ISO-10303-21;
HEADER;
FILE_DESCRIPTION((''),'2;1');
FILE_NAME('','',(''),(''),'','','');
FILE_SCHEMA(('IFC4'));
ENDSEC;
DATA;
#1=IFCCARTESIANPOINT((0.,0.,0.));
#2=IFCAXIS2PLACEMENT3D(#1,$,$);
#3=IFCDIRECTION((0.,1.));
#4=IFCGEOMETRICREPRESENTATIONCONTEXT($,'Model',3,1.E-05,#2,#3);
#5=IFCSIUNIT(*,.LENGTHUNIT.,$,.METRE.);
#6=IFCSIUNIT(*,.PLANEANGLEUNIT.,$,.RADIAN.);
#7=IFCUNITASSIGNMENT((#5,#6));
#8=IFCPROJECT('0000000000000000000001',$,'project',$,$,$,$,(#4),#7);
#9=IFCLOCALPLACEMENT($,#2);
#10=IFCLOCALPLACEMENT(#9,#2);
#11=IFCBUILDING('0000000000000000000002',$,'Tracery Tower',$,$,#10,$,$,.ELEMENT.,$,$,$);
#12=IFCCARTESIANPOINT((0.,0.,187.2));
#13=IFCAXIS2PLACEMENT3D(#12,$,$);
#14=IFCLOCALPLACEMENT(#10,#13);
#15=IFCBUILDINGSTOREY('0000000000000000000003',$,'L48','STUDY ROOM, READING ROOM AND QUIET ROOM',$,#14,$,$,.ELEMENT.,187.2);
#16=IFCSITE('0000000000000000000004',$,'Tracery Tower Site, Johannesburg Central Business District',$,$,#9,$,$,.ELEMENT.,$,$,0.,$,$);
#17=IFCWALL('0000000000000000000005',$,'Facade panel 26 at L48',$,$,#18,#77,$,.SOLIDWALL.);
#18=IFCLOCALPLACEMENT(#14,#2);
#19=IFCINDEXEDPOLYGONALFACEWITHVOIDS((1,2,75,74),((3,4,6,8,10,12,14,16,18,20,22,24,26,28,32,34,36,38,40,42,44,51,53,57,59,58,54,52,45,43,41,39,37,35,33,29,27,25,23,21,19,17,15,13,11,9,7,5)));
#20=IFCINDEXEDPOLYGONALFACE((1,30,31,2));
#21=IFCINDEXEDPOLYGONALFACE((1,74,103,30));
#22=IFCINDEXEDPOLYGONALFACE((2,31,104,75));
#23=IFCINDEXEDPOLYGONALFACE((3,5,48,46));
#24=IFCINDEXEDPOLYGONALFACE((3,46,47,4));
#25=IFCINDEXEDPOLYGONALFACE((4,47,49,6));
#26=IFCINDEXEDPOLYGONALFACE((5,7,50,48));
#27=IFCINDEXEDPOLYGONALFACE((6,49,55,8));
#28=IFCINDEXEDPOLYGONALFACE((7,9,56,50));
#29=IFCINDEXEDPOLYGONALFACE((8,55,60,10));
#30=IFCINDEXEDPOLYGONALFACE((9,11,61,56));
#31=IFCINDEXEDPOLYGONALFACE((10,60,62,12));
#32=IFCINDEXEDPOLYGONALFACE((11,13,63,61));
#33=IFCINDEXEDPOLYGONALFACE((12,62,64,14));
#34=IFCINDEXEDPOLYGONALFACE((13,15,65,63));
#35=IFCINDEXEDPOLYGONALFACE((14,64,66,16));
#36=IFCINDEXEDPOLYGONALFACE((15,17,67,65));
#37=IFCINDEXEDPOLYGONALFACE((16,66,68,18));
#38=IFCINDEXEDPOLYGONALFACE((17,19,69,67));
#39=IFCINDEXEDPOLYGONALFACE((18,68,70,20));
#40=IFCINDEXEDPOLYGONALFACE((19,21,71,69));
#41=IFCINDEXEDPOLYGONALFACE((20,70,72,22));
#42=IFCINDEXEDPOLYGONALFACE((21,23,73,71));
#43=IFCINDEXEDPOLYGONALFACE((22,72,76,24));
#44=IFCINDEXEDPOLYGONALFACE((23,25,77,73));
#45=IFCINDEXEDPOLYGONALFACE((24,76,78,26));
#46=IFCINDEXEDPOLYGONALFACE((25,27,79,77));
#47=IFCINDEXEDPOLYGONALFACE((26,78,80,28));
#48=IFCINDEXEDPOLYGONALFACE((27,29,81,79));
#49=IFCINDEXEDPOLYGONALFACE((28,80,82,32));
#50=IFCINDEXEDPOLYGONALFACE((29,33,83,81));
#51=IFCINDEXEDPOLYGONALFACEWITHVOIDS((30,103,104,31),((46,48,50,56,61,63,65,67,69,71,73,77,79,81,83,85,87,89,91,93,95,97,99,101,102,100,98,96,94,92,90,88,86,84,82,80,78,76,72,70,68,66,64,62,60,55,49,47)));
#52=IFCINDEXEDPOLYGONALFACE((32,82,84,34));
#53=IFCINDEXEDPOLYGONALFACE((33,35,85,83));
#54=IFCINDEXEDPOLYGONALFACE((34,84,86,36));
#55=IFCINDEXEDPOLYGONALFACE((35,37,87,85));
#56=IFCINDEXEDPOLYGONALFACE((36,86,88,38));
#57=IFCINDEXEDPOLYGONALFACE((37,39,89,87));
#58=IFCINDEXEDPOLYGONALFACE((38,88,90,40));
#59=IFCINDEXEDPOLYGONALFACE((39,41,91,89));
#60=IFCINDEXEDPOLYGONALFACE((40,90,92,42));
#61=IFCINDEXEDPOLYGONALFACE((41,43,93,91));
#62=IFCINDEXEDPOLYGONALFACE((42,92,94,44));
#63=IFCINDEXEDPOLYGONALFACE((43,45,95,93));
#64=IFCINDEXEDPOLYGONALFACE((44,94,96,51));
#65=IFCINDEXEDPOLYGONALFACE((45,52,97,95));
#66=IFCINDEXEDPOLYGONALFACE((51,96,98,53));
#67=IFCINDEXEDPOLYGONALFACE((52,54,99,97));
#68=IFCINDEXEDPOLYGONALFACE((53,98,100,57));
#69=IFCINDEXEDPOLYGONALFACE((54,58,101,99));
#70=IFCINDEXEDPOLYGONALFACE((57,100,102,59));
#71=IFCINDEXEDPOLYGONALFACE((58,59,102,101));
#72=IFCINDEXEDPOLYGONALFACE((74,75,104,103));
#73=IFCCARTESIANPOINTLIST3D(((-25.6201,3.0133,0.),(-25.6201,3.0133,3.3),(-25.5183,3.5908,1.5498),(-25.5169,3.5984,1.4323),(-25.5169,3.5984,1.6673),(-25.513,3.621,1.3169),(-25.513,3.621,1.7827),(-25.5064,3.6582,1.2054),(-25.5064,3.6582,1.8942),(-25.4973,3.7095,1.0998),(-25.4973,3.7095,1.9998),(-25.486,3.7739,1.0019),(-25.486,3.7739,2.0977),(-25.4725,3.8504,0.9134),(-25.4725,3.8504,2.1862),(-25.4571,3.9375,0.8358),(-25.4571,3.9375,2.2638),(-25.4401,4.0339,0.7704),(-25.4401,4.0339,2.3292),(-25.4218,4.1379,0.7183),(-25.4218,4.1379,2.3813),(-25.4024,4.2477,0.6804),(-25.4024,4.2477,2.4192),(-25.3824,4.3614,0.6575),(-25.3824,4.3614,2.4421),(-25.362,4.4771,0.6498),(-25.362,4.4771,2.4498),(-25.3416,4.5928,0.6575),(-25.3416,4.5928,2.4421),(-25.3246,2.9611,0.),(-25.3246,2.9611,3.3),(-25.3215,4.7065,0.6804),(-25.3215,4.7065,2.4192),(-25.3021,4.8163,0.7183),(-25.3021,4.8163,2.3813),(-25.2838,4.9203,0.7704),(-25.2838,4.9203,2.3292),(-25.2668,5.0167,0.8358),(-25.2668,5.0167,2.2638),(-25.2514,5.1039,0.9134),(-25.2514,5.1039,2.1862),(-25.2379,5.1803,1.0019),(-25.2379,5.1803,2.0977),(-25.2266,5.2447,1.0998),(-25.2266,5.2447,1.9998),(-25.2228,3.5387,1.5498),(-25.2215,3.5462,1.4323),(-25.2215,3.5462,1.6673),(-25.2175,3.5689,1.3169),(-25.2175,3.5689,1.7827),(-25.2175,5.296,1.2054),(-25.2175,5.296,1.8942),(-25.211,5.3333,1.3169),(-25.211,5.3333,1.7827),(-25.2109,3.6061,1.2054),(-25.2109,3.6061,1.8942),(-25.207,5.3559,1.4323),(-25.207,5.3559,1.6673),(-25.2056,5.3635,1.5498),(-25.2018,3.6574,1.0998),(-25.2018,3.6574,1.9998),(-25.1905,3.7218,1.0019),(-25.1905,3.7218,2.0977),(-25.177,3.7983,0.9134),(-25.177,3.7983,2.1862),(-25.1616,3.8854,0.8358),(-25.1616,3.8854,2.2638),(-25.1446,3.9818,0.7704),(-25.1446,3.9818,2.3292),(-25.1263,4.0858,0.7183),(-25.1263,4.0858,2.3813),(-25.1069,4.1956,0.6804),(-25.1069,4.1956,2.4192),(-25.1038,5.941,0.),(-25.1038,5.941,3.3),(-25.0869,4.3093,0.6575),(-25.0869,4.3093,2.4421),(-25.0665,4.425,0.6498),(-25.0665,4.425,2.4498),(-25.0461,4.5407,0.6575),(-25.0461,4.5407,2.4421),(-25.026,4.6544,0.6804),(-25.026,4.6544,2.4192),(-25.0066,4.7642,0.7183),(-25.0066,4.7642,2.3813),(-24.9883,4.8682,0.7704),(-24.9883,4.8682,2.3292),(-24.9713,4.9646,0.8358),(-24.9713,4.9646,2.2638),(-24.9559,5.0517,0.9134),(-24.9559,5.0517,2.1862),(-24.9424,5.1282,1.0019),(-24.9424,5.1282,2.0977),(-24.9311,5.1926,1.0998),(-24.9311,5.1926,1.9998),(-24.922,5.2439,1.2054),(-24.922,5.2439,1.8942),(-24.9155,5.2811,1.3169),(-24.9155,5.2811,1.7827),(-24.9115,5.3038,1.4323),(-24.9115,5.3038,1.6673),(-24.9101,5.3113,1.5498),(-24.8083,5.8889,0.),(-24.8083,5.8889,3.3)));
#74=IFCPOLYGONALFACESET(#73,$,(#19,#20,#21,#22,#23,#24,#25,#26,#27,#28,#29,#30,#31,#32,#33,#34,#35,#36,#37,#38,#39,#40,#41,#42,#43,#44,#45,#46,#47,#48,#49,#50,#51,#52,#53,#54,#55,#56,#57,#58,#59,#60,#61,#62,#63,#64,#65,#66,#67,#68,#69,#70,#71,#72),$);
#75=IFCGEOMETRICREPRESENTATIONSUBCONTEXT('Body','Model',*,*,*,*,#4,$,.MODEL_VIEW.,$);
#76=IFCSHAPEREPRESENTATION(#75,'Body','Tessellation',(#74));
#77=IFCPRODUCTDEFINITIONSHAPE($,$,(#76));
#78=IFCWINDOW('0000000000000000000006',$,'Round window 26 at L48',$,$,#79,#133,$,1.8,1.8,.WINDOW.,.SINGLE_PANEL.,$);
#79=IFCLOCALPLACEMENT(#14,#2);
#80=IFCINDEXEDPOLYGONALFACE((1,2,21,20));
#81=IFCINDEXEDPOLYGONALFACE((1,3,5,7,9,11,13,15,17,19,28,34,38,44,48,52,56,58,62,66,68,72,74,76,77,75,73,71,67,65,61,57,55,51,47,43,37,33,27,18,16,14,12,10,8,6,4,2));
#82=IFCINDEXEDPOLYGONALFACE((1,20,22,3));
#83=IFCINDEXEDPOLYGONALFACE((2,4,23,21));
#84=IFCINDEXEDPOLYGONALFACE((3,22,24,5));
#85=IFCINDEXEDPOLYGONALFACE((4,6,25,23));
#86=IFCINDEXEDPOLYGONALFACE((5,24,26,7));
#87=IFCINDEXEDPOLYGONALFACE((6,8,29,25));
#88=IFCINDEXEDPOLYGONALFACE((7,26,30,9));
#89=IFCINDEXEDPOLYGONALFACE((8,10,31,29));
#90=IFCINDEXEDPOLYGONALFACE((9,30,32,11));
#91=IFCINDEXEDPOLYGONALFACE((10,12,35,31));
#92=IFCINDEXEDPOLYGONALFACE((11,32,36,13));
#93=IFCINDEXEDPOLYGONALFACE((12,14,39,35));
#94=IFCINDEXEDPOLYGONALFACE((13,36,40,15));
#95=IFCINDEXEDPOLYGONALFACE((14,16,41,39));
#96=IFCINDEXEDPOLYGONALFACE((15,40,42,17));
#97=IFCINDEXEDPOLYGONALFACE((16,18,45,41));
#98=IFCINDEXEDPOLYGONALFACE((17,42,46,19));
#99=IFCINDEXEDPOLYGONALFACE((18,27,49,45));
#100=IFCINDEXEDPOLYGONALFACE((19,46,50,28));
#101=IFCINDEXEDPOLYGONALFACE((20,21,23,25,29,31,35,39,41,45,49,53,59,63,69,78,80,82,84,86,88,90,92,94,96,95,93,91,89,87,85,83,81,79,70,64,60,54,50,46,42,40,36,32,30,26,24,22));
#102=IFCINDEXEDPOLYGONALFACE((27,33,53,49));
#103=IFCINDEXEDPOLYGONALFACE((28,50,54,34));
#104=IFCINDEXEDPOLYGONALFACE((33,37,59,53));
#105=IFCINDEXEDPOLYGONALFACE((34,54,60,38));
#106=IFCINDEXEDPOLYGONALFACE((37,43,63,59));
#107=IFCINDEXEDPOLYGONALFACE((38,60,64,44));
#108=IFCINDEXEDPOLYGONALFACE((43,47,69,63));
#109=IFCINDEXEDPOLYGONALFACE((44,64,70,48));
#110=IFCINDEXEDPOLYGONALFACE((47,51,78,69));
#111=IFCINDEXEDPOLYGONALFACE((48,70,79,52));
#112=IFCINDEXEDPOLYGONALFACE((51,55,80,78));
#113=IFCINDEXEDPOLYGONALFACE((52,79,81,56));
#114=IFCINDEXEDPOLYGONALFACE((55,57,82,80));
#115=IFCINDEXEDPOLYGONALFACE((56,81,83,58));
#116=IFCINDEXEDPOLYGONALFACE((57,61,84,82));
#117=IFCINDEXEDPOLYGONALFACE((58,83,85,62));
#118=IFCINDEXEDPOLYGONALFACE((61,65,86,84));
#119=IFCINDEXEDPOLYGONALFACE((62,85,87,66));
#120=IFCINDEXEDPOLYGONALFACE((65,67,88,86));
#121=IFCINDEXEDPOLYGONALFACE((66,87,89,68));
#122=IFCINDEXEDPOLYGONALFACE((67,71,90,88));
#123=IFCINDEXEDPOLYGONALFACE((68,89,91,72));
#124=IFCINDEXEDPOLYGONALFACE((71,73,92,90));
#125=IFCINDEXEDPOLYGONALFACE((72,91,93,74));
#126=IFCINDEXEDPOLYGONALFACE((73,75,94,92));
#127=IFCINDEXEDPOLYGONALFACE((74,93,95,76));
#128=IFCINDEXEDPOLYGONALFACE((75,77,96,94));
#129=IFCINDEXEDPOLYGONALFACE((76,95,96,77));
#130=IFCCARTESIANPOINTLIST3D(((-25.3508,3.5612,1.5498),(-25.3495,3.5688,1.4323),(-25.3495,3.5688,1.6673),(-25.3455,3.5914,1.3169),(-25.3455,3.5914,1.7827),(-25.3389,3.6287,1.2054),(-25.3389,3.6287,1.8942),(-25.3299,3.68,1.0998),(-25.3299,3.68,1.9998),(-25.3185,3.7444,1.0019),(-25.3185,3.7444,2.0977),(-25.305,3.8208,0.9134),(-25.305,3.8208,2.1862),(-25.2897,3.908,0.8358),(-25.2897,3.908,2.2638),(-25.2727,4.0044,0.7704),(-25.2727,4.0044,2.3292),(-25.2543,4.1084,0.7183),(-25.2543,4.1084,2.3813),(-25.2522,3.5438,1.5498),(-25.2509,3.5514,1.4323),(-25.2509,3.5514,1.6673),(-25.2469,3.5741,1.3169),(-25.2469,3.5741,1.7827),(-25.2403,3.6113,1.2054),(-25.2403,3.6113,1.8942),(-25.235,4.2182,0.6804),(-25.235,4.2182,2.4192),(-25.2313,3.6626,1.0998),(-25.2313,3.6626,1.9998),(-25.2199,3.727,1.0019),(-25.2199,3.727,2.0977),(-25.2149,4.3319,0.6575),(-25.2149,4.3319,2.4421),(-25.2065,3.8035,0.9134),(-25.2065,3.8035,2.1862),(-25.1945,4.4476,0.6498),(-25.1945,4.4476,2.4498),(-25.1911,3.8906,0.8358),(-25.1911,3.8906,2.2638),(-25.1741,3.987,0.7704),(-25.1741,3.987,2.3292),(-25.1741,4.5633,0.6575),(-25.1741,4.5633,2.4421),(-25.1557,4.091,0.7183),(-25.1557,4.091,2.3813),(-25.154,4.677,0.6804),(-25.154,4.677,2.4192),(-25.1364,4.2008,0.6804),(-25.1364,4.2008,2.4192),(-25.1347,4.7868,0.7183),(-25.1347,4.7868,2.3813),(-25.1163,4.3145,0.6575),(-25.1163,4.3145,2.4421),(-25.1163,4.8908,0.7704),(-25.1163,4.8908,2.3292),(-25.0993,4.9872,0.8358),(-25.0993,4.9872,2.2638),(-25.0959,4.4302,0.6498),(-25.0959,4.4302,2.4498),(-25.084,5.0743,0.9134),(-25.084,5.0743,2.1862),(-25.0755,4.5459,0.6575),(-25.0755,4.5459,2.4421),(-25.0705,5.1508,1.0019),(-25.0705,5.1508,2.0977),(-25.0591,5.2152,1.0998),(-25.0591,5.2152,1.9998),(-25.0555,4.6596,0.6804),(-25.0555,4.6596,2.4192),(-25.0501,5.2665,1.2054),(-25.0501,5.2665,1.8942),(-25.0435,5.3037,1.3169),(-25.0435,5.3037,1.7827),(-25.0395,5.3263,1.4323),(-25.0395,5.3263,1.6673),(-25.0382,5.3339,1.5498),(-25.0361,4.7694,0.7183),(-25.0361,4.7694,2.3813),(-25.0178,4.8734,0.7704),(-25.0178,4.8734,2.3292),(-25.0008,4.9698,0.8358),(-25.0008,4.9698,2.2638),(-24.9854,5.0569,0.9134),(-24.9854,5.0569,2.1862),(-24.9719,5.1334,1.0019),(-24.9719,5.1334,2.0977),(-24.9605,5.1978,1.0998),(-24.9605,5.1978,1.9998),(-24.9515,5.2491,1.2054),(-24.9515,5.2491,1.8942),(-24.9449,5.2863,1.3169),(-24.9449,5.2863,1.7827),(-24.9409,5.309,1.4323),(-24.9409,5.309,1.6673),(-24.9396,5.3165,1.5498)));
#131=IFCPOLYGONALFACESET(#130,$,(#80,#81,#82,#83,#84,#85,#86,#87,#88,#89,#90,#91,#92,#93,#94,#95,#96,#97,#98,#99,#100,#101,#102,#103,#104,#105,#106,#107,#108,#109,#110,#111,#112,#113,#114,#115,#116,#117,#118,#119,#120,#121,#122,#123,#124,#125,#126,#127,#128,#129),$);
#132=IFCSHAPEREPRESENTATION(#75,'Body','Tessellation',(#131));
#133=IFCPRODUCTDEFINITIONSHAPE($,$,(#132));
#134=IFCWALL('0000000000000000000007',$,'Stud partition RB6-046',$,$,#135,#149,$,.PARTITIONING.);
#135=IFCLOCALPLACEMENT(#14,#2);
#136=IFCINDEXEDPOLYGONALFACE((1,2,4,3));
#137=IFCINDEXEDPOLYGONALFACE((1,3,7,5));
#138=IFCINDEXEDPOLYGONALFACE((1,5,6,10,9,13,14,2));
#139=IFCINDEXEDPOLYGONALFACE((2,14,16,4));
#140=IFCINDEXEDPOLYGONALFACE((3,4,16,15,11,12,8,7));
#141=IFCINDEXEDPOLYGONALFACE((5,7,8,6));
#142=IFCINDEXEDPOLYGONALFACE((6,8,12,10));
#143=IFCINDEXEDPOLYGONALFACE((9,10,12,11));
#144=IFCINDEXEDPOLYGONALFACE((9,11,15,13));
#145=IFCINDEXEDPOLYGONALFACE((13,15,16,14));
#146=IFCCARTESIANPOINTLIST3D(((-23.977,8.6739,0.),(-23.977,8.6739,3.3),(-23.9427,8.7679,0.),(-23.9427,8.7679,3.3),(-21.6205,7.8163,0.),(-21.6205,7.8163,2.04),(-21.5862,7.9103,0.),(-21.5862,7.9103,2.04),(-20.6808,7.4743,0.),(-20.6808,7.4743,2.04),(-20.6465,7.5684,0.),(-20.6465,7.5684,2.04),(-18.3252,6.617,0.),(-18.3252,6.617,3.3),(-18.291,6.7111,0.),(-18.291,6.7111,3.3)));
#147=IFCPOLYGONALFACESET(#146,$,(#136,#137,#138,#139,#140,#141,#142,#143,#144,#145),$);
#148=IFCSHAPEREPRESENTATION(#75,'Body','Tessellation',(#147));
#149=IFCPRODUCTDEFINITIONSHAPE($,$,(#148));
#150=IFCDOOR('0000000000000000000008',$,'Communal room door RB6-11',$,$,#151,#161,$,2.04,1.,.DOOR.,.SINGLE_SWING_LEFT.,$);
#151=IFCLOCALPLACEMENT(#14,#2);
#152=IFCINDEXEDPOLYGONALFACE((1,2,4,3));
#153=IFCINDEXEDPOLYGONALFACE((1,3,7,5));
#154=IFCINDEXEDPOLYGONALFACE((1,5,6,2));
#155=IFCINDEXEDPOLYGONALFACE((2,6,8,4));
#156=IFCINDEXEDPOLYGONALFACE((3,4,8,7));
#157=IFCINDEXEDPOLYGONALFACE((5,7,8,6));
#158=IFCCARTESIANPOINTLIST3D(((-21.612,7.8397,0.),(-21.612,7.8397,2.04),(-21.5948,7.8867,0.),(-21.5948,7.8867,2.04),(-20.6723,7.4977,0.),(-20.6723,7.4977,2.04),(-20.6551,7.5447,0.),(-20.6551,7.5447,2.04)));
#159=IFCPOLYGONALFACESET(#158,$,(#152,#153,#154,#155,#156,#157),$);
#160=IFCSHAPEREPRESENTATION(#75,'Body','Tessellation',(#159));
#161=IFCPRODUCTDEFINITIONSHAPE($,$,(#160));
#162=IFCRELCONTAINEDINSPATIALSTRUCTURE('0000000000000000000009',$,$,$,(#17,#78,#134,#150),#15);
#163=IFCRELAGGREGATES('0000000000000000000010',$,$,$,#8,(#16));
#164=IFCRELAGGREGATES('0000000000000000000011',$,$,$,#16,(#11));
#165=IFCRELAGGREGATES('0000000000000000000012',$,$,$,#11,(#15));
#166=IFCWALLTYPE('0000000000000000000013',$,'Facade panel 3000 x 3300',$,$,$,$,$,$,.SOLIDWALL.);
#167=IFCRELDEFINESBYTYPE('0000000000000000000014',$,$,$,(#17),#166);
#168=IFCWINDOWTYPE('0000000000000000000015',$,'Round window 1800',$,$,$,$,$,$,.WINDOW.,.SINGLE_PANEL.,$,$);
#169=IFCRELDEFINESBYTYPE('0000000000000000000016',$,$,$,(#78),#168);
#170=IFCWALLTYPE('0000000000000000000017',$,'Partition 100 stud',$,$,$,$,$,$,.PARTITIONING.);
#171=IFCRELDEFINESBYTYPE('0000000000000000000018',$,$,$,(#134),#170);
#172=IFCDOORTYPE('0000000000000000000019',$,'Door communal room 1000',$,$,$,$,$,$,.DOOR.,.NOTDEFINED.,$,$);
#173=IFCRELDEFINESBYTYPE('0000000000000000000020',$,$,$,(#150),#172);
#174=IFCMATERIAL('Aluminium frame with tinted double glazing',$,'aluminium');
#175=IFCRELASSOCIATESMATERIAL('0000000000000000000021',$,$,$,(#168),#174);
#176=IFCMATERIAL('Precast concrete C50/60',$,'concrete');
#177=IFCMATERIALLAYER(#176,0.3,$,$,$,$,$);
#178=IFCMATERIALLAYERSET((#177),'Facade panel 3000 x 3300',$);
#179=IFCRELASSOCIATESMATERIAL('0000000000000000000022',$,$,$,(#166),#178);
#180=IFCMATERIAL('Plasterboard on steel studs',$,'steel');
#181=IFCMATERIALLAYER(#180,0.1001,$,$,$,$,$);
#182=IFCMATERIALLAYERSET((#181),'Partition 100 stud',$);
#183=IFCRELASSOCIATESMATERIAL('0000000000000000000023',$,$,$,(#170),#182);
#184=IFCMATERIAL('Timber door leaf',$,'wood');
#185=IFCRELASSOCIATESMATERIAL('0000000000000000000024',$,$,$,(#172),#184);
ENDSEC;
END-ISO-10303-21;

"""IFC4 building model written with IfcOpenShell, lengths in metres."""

from ifc_helpers import new_model, si_unit, direction, frame, frame_2d, origin, origin_2d, place, context, subcontext, project, spatial, rectangle, circle, extrude, material, layer, layer_set, type_object, element, fill, save


model = new_model("IFC4")

# Units and contexts
model_context = context("Model", 3, precision=1e-05, world=origin(), true_north=direction((0.0, 1.0)))
body_context = subcontext(model_context, "Body", "Model", "MODEL_VIEW")
ifc_project = project(units=[si_unit("LENGTHUNIT", "METRE"), si_unit("PLANEANGLEUNIT", "RADIAN")], contexts=[model_context])

# Site, building, storey
site_placement = place(None, origin())
site = spatial("IfcSite", under=ifc_project, at=site_placement, Name="Tracery Tower Site, Johannesburg Central Business District", CompositionType="ELEMENT", RefElevation=0.0)
building_placement = place(site_placement, origin())
building = spatial("IfcBuilding", under=site, at=building_placement, Name="Tracery Tower", CompositionType="ELEMENT")
storey_placement = place(building_placement, frame((0.0, 0.0, 187.2)))
storey = spatial("IfcBuildingStorey", under=building, at=storey_placement, Name="L48", Description="STUDY ROOM, READING ROOM AND QUIET ROOM", CompositionType="ELEMENT", Elevation=187.2)

# Wall, opening, window
ifc_material_1 = material(Name="Aluminium frame with tinted double glazing", Category="aluminium")
window_type = type_object("IfcWindowType", Name="Round window 1800", PartitioningType="SINGLE_PANEL", PredefinedType="WINDOW", material=ifc_material_1)
ifc_material_2 = material(Name="Precast concrete C50/60", Category="concrete")
ifc_layer_1 = layer(ifc_material_2, 0.3)
ifc_layer_set_1 = layer_set([ifc_layer_1], Name="Facade panel 3000 x 3300")
wall_type_1 = type_object("IfcWallType", Name="Facade panel 3000 x 3300", PredefinedType="SOLIDWALL", material=ifc_layer_set_1)
wall_1_placement = place(storey_placement, frame((-24.9561, 5.9148, 0.0), z_axis=(0.0, 0.0, 1.0), x_axis=(-0.173687, -0.984801, 0.0)))
wall_1 = element("IfcWall", 1, at=wall_1_placement, inside=storey, type_object=wall_type_1, Name="Facade panel 26 at L48", PredefinedType="SOLIDWALL", context=body_context, shape_type="SweptSolid", body=[
    extrude(rectangle(XDim=2.9729, YDim=0.3, at=frame_2d((1.4863, 0.0))), origin(), (0.0, 0.0, 1.0), 3.3),
])
opening_1_placement = place(wall_1_placement, frame((1.4863, 0.0, 1.5498)))
opening_1 = element("IfcOpeningElement", 2, at=opening_1_placement, cuts=wall_1, PredefinedType="OPENING", context=body_context, shape_type="SweptSolid", body=[
    extrude(circle(Radius=0.9, at=origin_2d()), frame((0.0, 0.1599, 0.0), z_axis=(0.0, -1.0, 0.0), x_axis=(1.0, 0.0, 0.0)), (0.0, 0.0, 1.0), 0.3201),
])
window_1_placement = place(opening_1_placement, origin())
window_1 = element("IfcWindow", 3, at=window_1_placement, inside=storey, type_object=window_type, Name="Round window 26 at L48", OverallHeight=1.8, OverallWidth=1.8, PartitioningType="SINGLE_PANEL", PredefinedType="WINDOW", context=body_context, shape_type="SweptSolid", body=[
    extrude(circle(Radius=0.9, at=origin_2d()), frame((0.0, 0.1201, 0.0), z_axis=(0.0, -1.0, 0.0), x_axis=(1.0, 0.0, 0.0)), (0.0, 0.0, 1.0), 0.1001),
])
fill(opening_1, window_1)

# Wall, opening, door
ifc_material_3 = material(Name="Plasterboard on steel studs", Category="steel")
ifc_layer_2 = layer(ifc_material_3, 0.1001)
ifc_layer_set_2 = layer_set([ifc_layer_2], Name="Partition 100 stud")
wall_type_2 = type_object("IfcWallType", Name="Partition 100 stud", PredefinedType="PARTITIONING", material=ifc_layer_set_2)
wall_2_placement = place(storey_placement, frame((-23.96, 8.7209, 0.0), z_axis=(0.0, 0.0, 1.0), x_axis=(0.939705, -0.341987, 0.0)))
wall_2 = element("IfcWall", 4, at=wall_2_placement, inside=storey, type_object=wall_type_2, Name="Stud partition RB6-046", PredefinedType="PARTITIONING", context=body_context, shape_type="SweptSolid", body=[
    extrude(rectangle(XDim=6.0144, YDim=0.1001, at=frame_2d((3.0073, 0.0))), origin(), (0.0, 0.0, 1.0), 3.3),
])
opening_2_placement = place(wall_2_placement, frame((2.5078, 0.0, 0.0)))
opening_2 = element("IfcOpeningElement", 5, at=opening_2_placement, cuts=wall_2, PredefinedType="OPENING", context=body_context, shape_type="SweptSolid", body=[
    extrude(rectangle(XDim=1.0, YDim=2.04, at=frame_2d((0.5, 1.02))), frame((0.0, 0.05, 0.0), z_axis=(0.0, -1.0, 0.0), x_axis=(1.0, 0.0, 0.0)), (0.0, 0.0, 1.0), 0.1001),
])
ifc_material_4 = material(Name="Timber door leaf", Category="wood")
door_type_1 = type_object("IfcDoorType", Name="Door communal room 1000", OperationType="NOTDEFINED", PredefinedType="DOOR", material=ifc_material_4)
door_1_placement = place(opening_2_placement, origin())
door_1 = element("IfcDoor", 6, at=door_1_placement, inside=storey, type_object=door_type_1, Name="Communal room door RB6-11", OperationType="SINGLE_SWING_LEFT", OverallHeight=2.04, OverallWidth=1.0, PredefinedType="DOOR", context=body_context, shape_type="SweptSolid", body=[
    extrude(rectangle(XDim=1.0, YDim=2.04, at=frame_2d((0.5, 1.02))), frame((0.0, 0.0249, 0.0), z_axis=(0.0, -1.0, 0.0), x_axis=(1.0, 0.0, 0.0)), (0.0, 0.0, 1.0), 0.05),
])
fill(opening_2, door_1)

save(model, "model.ifc")
